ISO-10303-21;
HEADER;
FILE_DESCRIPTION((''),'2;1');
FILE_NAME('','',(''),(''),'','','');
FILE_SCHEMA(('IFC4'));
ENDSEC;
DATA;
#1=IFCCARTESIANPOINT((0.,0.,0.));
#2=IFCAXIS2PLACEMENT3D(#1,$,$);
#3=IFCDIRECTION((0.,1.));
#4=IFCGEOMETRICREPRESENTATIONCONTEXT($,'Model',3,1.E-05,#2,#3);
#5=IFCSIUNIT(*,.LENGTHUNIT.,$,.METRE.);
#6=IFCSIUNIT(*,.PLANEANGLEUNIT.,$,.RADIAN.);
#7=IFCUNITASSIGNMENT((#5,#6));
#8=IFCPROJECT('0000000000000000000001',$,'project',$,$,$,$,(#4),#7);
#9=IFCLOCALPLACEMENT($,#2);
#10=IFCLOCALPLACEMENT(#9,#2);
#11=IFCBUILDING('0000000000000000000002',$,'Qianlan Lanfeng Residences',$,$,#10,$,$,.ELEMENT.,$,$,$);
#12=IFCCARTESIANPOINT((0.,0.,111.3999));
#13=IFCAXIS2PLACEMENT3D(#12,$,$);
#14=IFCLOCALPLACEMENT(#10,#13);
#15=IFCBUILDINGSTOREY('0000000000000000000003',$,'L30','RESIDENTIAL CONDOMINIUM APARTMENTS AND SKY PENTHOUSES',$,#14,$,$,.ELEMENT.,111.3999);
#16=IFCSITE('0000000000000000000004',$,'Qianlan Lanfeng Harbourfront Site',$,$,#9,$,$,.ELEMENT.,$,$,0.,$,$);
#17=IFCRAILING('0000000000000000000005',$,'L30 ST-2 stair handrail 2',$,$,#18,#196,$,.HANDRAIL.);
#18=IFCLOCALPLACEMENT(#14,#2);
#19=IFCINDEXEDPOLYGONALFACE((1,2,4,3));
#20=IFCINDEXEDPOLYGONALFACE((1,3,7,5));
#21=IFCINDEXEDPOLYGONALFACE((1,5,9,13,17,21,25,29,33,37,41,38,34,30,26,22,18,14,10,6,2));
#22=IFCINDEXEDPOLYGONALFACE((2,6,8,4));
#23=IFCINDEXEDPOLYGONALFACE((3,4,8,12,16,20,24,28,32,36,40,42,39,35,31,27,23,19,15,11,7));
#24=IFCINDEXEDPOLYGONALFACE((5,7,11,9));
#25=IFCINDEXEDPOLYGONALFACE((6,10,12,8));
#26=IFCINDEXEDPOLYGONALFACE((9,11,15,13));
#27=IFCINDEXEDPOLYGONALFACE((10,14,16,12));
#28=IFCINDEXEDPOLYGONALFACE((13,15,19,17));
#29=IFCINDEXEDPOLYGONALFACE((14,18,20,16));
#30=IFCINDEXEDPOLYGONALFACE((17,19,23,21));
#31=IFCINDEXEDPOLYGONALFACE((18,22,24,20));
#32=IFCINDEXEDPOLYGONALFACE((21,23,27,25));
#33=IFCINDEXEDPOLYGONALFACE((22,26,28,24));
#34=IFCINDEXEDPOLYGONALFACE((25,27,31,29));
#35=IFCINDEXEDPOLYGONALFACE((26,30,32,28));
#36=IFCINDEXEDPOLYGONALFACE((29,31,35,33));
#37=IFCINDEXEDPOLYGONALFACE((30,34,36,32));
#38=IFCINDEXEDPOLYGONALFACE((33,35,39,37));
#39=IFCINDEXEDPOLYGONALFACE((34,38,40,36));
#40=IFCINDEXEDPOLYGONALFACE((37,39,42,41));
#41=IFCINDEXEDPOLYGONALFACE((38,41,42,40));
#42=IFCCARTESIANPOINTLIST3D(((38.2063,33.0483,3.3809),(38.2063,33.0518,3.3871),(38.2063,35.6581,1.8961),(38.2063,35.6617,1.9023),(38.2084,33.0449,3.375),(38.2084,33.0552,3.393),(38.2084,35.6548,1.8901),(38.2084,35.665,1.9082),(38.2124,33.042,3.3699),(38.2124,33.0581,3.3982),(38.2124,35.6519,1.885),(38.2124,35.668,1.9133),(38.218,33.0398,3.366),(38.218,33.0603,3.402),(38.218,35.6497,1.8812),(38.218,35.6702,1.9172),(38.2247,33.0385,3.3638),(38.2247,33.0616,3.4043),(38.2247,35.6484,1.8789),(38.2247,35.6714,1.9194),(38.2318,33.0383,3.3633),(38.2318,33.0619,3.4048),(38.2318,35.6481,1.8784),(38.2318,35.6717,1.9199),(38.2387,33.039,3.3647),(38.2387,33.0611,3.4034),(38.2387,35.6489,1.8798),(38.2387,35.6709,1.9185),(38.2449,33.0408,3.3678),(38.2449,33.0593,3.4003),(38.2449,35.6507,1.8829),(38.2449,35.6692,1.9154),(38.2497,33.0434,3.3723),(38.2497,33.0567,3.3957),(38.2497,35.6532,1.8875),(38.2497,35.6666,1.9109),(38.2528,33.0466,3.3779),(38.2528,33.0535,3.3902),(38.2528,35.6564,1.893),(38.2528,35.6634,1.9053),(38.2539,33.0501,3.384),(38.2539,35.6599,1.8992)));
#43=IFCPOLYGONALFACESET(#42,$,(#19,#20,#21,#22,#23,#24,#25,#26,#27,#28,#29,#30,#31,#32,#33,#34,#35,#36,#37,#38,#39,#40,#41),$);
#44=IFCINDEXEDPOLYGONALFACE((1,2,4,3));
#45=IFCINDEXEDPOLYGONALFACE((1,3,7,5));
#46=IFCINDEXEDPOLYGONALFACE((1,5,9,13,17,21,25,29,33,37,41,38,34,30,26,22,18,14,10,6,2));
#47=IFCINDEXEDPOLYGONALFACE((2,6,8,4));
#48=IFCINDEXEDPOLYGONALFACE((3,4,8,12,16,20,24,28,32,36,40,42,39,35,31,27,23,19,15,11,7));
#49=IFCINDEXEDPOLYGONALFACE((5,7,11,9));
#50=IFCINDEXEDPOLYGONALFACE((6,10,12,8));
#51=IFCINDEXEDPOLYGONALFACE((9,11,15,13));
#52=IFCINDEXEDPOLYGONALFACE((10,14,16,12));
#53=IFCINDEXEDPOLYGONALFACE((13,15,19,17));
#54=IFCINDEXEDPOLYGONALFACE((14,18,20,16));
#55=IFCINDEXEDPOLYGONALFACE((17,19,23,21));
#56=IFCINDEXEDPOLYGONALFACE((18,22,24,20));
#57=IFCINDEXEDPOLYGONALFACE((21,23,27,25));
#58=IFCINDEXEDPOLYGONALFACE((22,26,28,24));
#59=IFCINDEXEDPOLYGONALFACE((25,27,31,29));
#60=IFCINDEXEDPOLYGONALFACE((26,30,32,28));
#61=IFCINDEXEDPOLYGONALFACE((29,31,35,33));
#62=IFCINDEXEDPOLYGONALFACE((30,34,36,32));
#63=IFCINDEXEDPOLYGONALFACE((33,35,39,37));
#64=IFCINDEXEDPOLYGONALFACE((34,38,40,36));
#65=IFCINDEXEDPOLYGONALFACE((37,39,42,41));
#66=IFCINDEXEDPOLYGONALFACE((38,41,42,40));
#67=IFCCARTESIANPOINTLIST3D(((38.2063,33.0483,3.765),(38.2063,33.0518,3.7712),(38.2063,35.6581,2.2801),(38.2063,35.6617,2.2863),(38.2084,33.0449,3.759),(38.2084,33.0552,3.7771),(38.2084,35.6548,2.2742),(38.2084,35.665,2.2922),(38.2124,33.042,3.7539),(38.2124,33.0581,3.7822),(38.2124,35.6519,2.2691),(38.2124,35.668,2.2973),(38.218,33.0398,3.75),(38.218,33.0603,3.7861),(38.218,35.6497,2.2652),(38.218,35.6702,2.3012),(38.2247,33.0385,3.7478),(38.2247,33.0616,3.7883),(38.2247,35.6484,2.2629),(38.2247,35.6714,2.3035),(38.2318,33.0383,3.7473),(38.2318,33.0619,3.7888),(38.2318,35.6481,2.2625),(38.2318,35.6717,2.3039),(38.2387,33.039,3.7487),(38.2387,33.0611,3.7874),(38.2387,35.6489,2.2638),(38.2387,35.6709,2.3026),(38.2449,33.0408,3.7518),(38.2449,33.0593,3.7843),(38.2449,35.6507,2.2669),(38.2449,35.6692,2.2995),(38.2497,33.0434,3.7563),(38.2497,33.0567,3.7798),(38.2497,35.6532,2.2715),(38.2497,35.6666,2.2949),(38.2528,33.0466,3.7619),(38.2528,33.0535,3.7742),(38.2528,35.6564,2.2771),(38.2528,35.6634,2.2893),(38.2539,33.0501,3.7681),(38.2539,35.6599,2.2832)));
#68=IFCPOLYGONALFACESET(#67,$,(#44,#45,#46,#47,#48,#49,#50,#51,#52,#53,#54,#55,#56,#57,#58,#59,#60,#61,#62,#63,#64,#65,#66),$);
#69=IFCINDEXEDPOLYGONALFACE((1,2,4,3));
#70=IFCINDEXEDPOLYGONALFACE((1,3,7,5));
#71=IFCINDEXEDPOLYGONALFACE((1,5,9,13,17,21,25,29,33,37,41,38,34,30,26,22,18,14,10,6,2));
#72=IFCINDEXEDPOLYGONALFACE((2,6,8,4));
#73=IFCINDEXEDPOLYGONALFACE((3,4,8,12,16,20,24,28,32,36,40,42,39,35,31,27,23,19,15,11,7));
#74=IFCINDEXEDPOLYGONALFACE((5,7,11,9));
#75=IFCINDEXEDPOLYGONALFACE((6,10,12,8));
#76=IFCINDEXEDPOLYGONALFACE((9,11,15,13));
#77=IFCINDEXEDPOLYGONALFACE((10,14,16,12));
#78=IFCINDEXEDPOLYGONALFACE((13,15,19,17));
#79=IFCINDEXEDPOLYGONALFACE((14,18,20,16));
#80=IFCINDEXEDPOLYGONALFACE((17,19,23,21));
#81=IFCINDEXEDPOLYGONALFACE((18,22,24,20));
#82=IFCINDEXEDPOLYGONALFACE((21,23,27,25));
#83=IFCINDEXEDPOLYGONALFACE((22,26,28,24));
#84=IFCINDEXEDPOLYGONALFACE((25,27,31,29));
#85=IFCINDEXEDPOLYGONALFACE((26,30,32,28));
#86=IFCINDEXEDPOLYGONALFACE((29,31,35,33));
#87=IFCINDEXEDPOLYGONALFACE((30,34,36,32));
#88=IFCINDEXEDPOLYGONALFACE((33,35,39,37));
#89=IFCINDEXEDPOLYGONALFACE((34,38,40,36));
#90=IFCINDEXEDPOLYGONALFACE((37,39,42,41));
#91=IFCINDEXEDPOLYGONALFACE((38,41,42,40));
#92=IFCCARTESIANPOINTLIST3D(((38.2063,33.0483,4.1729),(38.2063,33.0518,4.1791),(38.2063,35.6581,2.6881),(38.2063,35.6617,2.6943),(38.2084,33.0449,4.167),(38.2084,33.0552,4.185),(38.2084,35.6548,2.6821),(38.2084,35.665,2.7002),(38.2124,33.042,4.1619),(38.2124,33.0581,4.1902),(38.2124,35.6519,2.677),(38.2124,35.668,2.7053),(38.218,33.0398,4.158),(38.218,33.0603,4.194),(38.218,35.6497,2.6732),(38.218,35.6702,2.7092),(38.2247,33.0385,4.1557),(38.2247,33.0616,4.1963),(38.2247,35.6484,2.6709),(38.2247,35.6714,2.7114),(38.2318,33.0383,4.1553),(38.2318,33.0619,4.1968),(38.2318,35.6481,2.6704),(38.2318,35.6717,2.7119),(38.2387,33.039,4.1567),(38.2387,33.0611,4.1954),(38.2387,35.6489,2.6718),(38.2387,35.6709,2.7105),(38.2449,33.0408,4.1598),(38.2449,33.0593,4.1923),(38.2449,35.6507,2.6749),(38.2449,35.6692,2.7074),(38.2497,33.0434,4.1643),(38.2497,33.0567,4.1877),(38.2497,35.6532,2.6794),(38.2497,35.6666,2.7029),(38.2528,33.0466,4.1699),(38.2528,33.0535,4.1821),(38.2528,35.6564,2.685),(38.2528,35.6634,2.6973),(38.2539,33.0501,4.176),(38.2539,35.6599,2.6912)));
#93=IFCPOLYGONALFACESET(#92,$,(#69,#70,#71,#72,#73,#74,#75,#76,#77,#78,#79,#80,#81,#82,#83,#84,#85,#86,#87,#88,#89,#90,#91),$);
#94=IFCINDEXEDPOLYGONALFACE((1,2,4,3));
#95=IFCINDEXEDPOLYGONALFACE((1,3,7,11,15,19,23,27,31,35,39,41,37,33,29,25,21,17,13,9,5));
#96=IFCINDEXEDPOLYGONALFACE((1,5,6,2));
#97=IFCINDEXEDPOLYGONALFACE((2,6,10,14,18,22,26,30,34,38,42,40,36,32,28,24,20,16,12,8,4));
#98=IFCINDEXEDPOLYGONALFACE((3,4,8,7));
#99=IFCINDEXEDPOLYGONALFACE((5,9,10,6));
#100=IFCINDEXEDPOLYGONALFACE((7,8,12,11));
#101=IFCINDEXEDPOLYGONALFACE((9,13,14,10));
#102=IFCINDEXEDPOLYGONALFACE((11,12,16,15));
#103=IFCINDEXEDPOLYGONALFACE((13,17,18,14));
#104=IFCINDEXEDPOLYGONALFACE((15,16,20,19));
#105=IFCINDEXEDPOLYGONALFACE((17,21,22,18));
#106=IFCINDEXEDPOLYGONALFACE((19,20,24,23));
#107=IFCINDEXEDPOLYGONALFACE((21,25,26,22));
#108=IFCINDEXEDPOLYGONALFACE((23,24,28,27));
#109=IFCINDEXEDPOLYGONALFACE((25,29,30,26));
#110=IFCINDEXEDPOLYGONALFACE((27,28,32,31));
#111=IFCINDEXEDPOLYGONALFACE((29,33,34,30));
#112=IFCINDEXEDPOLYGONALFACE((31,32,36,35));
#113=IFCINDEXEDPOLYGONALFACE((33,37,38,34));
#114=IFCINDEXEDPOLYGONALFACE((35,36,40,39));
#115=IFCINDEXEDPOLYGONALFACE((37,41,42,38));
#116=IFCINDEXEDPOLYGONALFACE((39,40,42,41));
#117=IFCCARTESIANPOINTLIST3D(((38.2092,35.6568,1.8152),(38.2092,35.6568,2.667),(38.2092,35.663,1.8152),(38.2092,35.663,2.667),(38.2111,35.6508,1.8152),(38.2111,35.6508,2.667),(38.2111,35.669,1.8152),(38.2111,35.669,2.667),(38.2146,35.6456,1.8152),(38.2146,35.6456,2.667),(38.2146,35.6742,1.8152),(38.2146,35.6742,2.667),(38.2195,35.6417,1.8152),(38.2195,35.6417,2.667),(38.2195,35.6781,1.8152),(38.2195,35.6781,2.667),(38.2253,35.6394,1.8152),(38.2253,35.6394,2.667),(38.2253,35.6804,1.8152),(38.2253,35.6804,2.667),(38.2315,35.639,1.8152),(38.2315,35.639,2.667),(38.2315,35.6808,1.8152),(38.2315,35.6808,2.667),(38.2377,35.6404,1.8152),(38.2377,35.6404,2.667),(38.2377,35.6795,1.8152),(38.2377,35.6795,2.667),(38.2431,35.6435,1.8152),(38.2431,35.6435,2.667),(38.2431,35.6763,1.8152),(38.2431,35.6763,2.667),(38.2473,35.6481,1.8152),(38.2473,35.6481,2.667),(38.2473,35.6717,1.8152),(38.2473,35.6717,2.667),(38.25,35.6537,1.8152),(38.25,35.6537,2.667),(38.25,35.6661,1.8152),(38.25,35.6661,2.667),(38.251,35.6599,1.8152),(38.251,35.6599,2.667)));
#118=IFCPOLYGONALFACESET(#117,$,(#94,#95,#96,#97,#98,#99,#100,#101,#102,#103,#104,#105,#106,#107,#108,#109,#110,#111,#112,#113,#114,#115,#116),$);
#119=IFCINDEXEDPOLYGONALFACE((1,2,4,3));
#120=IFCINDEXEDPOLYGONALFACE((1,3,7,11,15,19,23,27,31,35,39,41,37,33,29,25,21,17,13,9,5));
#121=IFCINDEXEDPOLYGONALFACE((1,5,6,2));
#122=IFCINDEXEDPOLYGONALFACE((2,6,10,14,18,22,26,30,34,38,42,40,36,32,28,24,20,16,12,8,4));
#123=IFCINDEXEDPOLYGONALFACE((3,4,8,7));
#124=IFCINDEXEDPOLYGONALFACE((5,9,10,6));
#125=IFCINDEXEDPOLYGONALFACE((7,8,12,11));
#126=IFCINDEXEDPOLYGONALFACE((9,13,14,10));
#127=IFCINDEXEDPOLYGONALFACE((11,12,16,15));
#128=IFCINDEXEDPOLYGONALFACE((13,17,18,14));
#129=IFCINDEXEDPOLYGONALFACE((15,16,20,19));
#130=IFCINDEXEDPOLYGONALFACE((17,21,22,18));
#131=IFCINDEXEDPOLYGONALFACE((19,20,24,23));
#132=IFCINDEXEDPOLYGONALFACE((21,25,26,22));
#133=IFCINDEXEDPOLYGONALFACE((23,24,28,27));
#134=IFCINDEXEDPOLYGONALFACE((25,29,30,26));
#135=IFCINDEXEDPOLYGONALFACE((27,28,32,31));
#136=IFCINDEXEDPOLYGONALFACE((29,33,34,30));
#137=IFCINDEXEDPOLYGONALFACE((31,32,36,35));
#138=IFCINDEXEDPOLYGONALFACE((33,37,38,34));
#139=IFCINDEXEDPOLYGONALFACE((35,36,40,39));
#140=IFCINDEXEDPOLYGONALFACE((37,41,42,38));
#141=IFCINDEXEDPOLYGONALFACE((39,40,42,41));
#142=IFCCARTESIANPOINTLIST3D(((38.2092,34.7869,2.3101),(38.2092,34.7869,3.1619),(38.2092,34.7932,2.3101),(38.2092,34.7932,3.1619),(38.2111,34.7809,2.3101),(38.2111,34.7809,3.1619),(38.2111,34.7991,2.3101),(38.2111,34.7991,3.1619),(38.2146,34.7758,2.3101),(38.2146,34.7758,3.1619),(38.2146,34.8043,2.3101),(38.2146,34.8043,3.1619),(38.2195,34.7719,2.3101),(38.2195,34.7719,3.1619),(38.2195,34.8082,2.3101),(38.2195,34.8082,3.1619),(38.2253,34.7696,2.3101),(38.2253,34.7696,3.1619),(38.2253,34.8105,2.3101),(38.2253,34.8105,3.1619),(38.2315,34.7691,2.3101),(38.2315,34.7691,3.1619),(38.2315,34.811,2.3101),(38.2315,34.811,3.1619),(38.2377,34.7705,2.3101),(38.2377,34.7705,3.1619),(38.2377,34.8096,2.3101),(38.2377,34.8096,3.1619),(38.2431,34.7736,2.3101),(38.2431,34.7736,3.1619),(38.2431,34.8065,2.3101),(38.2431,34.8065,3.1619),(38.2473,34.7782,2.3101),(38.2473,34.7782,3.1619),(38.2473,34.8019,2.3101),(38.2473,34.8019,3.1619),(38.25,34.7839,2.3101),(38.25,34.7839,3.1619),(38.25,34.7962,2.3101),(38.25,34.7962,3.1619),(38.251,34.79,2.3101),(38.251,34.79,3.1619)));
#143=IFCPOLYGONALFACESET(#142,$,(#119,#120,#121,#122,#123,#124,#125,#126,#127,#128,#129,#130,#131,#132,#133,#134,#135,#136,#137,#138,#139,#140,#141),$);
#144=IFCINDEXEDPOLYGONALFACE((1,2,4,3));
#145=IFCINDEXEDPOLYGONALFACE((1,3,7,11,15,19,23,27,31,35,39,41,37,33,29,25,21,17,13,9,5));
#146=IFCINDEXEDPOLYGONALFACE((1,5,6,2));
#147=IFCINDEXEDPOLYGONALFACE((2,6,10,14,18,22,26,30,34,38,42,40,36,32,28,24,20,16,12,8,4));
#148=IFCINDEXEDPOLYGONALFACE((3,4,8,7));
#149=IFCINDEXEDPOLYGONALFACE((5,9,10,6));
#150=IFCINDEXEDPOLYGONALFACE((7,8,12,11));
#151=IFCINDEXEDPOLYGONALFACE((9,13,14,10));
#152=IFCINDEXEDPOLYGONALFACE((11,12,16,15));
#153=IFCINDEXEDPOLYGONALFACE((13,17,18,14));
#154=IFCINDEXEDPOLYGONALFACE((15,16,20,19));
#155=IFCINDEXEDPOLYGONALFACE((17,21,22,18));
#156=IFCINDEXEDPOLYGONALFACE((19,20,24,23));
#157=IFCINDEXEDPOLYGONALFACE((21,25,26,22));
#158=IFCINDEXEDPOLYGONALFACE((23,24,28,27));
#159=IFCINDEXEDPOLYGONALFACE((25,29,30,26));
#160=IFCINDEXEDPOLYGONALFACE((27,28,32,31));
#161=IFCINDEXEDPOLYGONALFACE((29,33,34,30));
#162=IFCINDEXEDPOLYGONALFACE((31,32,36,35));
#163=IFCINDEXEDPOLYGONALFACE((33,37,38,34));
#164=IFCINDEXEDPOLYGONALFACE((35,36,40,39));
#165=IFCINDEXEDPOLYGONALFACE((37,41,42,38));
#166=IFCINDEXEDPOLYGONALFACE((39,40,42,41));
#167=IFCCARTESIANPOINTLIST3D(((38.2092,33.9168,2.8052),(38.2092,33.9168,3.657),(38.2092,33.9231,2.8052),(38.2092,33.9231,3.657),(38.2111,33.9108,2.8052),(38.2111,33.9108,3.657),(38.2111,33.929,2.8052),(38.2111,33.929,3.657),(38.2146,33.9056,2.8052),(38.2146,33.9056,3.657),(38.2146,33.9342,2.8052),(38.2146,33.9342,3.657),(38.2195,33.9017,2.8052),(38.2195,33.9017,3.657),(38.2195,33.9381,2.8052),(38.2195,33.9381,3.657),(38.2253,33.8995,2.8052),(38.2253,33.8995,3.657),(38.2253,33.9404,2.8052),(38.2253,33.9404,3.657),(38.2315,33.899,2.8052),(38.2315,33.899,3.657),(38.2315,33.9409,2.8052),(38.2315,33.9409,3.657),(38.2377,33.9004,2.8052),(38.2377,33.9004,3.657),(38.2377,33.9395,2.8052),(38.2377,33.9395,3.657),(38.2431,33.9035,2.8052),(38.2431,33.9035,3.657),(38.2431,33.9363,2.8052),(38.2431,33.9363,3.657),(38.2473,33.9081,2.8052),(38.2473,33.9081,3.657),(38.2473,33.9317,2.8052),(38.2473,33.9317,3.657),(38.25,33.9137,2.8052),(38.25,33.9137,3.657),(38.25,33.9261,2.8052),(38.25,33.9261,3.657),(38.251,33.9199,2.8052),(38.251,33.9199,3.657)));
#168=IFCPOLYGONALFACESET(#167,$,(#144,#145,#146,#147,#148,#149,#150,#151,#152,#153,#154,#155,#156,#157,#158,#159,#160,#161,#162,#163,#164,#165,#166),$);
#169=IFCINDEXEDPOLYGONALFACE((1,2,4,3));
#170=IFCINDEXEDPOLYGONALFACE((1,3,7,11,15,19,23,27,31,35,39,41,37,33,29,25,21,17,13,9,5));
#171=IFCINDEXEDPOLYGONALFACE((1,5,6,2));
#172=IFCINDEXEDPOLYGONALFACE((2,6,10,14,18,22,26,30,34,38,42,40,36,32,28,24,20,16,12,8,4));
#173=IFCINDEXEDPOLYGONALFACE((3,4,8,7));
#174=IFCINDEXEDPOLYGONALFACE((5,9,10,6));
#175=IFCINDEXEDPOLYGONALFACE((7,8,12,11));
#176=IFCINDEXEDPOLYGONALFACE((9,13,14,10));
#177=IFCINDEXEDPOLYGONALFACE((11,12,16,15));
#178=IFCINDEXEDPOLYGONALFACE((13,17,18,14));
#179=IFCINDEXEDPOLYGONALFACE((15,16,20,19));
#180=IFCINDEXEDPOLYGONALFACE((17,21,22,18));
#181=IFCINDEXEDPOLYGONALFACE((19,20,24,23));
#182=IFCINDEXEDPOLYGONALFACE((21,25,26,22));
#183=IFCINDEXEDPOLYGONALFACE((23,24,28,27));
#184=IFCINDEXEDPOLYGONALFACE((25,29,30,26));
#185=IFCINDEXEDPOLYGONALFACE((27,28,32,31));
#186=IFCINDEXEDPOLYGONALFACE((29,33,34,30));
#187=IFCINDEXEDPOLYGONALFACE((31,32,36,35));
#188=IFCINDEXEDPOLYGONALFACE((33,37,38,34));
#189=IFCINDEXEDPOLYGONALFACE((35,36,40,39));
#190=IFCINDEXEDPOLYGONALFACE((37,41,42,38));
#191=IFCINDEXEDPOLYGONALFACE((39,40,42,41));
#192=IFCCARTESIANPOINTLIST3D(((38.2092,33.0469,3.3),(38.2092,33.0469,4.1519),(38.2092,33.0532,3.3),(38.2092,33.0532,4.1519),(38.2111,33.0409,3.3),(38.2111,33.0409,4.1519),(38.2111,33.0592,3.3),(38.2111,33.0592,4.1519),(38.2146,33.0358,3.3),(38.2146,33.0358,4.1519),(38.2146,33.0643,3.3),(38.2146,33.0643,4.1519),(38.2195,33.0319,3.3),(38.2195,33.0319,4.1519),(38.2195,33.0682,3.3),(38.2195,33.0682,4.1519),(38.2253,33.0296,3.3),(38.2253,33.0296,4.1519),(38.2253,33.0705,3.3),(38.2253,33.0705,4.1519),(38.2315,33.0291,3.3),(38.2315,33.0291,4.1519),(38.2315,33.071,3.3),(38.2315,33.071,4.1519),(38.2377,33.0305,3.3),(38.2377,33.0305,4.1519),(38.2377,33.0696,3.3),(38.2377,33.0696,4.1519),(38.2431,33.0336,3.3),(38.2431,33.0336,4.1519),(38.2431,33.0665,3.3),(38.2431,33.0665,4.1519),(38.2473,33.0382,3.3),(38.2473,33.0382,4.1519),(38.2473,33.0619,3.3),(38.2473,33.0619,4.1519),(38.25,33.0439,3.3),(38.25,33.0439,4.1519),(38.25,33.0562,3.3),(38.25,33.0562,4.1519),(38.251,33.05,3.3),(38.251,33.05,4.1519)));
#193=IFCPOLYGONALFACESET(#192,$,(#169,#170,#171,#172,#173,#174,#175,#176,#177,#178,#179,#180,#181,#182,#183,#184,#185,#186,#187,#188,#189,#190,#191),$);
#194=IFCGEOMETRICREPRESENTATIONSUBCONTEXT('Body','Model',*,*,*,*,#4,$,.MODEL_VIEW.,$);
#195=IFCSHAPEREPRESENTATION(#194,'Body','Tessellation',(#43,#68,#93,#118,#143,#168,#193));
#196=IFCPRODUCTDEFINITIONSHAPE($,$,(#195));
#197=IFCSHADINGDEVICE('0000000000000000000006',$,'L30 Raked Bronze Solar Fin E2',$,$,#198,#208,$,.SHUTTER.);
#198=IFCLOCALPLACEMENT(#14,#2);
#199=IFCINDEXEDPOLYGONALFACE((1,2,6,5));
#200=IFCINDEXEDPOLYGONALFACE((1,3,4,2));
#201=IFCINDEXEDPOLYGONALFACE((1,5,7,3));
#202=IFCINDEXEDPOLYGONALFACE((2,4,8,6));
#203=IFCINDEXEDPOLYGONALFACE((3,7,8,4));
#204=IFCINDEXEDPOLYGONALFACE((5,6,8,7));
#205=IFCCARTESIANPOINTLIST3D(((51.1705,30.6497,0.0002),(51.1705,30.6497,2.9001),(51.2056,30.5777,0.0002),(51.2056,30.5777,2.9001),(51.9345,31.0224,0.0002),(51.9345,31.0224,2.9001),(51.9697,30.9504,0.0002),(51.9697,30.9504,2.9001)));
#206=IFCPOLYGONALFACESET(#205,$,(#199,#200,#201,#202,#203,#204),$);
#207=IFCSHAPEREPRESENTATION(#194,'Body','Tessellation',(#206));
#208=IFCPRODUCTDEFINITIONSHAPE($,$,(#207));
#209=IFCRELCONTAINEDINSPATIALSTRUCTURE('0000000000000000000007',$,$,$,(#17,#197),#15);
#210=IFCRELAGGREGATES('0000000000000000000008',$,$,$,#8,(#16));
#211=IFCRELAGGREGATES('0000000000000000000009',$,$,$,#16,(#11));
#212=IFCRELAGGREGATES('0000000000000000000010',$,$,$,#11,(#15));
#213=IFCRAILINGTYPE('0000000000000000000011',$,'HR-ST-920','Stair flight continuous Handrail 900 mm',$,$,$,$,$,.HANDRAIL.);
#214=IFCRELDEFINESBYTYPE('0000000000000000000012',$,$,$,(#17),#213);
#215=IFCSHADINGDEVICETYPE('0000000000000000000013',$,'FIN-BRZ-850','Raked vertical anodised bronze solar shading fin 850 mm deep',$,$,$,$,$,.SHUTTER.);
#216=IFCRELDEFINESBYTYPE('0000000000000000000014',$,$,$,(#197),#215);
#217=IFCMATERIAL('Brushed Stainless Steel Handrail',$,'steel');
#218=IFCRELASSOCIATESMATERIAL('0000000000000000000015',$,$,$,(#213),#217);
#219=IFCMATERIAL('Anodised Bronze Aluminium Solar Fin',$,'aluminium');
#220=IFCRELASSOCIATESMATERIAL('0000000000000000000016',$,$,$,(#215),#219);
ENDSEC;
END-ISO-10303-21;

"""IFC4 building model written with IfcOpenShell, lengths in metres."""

from ifc_helpers import new_model, si_unit, direction, frame, origin, origin_2d, place, context, subcontext, project, spatial, rectangle, circle, extrude, source, transform, mapped, material, type_object, element, save


model = new_model("IFC4")

# Units and contexts
model_context = context("Model", 3, precision=1e-05, world=origin(), true_north=direction((0.0, 1.0)))
body_context = subcontext(model_context, "Body", "Model", "MODEL_VIEW")
ifc_project = project(units=[si_unit("LENGTHUNIT", "METRE"), si_unit("PLANEANGLEUNIT", "RADIAN")], contexts=[model_context])

# Site, building, storey
site_placement = place(None, origin())
site = spatial("IfcSite", under=ifc_project, at=site_placement, Name="Qianlan Lanfeng Harbourfront Site", CompositionType="ELEMENT", RefElevation=0.0)
building_placement = place(site_placement, origin())
building = spatial("IfcBuilding", under=site, at=building_placement, Name="Qianlan Lanfeng Residences", CompositionType="ELEMENT")
storey_placement = place(building_placement, frame((0.0, 0.0, 111.3999)))
storey = spatial("IfcBuildingStorey", under=building, at=storey_placement, Name="L30", Description="RESIDENTIAL CONDOMINIUM APARTMENTS AND SKY PENTHOUSES", CompositionType="ELEMENT", Elevation=111.3999)

# Railing
ifc_material_1 = material(Name="Brushed Stainless Steel Handrail", Category="steel")
railing_type_1 = type_object("IfcRailingType", Name="HR-ST-920", Description="Stair flight continuous Handrail 900 mm", PredefinedType="HANDRAIL", material=ifc_material_1)
railing_1_placement = place(storey_placement, frame((38.23, 35.6599, 1.8152)))
element("IfcRailing", 1, at=railing_1_placement, inside=storey, type_object=railing_type_1, Name="L30 ST-2 stair handrail 2", PredefinedType="HANDRAIL", context=body_context, shape_type="SweptSolid", body=[
    extrude(circle(Radius=0.0239, at=origin_2d()), frame((0.0, 0.0, 0.084), z_axis=(0.0, -0.869172, 0.494509), x_axis=(1.0, 0.0, 0.0)), (0.0, 0.0, 1.0), 3.0027),
    extrude(circle(Radius=0.0239, at=origin_2d()), frame((0.0, 0.0, 0.468), z_axis=(0.0, -0.869172, 0.494509), x_axis=(1.0, 0.0, 0.0)), (0.0, 0.0, 1.0), 3.0027),
    extrude(circle(Radius=0.0239, at=origin_2d()), frame((0.0, 0.0, 0.876), z_axis=(0.0, -0.869172, 0.494509), x_axis=(1.0, 0.0, 0.0)), (0.0, 0.0, 1.0), 3.0027),
    extrude(circle(Radius=0.021, at=origin_2d()), origin(), (0.0, 0.0, 1.0), 0.8518),
    extrude(circle(Radius=0.021, at=origin_2d()), frame((0.0, -0.8699, 0.4949)), (0.0, 0.0, 1.0), 0.8518),
    extrude(circle(Radius=0.021, at=origin_2d()), frame((0.0, -1.74, 0.99)), (0.0, 0.0, 1.0), 0.8518),
    extrude(circle(Radius=0.021, at=origin_2d()), frame((0.0, -2.6099, 1.4849)), (0.0, 0.0, 1.0), 0.8518),
])

# Shading device
ifc_material_2 = material(Name="Anodised Bronze Aluminium Solar Fin", Category="aluminium")
shading_device_type = type_object("IfcShadingDeviceType", Name="FIN-BRZ-850", Description="Raked vertical anodised bronze solar shading fin 850 mm deep", PredefinedType="SHUTTER", material=ifc_material_2)
shared_shape = source(origin(), body_context, "Body", "SweptSolid", [
    extrude(rectangle(XDim=0.8501, YDim=0.0801, at=origin_2d()), origin(), (0.0, 0.0, 1.0), 2.8999),
])
shading_device_placement = place(storey_placement, frame((51.5701, 30.8, 0.0002), z_axis=(0.0, 0.0, 1.0), x_axis=(0.898794, 0.438371, 0.0)))
element("IfcShadingDevice", 2, at=shading_device_placement, inside=storey, type_object=shading_device_type, Name="L30 Raked Bronze Solar Fin E2", PredefinedType="SHUTTER", context=body_context, shape_type="MappedRepresentation", body=[
    mapped(shared_shape, transform((0.0, 0.0, 0.0), scale=1.0)),
])

save(model, "model.ifc")
